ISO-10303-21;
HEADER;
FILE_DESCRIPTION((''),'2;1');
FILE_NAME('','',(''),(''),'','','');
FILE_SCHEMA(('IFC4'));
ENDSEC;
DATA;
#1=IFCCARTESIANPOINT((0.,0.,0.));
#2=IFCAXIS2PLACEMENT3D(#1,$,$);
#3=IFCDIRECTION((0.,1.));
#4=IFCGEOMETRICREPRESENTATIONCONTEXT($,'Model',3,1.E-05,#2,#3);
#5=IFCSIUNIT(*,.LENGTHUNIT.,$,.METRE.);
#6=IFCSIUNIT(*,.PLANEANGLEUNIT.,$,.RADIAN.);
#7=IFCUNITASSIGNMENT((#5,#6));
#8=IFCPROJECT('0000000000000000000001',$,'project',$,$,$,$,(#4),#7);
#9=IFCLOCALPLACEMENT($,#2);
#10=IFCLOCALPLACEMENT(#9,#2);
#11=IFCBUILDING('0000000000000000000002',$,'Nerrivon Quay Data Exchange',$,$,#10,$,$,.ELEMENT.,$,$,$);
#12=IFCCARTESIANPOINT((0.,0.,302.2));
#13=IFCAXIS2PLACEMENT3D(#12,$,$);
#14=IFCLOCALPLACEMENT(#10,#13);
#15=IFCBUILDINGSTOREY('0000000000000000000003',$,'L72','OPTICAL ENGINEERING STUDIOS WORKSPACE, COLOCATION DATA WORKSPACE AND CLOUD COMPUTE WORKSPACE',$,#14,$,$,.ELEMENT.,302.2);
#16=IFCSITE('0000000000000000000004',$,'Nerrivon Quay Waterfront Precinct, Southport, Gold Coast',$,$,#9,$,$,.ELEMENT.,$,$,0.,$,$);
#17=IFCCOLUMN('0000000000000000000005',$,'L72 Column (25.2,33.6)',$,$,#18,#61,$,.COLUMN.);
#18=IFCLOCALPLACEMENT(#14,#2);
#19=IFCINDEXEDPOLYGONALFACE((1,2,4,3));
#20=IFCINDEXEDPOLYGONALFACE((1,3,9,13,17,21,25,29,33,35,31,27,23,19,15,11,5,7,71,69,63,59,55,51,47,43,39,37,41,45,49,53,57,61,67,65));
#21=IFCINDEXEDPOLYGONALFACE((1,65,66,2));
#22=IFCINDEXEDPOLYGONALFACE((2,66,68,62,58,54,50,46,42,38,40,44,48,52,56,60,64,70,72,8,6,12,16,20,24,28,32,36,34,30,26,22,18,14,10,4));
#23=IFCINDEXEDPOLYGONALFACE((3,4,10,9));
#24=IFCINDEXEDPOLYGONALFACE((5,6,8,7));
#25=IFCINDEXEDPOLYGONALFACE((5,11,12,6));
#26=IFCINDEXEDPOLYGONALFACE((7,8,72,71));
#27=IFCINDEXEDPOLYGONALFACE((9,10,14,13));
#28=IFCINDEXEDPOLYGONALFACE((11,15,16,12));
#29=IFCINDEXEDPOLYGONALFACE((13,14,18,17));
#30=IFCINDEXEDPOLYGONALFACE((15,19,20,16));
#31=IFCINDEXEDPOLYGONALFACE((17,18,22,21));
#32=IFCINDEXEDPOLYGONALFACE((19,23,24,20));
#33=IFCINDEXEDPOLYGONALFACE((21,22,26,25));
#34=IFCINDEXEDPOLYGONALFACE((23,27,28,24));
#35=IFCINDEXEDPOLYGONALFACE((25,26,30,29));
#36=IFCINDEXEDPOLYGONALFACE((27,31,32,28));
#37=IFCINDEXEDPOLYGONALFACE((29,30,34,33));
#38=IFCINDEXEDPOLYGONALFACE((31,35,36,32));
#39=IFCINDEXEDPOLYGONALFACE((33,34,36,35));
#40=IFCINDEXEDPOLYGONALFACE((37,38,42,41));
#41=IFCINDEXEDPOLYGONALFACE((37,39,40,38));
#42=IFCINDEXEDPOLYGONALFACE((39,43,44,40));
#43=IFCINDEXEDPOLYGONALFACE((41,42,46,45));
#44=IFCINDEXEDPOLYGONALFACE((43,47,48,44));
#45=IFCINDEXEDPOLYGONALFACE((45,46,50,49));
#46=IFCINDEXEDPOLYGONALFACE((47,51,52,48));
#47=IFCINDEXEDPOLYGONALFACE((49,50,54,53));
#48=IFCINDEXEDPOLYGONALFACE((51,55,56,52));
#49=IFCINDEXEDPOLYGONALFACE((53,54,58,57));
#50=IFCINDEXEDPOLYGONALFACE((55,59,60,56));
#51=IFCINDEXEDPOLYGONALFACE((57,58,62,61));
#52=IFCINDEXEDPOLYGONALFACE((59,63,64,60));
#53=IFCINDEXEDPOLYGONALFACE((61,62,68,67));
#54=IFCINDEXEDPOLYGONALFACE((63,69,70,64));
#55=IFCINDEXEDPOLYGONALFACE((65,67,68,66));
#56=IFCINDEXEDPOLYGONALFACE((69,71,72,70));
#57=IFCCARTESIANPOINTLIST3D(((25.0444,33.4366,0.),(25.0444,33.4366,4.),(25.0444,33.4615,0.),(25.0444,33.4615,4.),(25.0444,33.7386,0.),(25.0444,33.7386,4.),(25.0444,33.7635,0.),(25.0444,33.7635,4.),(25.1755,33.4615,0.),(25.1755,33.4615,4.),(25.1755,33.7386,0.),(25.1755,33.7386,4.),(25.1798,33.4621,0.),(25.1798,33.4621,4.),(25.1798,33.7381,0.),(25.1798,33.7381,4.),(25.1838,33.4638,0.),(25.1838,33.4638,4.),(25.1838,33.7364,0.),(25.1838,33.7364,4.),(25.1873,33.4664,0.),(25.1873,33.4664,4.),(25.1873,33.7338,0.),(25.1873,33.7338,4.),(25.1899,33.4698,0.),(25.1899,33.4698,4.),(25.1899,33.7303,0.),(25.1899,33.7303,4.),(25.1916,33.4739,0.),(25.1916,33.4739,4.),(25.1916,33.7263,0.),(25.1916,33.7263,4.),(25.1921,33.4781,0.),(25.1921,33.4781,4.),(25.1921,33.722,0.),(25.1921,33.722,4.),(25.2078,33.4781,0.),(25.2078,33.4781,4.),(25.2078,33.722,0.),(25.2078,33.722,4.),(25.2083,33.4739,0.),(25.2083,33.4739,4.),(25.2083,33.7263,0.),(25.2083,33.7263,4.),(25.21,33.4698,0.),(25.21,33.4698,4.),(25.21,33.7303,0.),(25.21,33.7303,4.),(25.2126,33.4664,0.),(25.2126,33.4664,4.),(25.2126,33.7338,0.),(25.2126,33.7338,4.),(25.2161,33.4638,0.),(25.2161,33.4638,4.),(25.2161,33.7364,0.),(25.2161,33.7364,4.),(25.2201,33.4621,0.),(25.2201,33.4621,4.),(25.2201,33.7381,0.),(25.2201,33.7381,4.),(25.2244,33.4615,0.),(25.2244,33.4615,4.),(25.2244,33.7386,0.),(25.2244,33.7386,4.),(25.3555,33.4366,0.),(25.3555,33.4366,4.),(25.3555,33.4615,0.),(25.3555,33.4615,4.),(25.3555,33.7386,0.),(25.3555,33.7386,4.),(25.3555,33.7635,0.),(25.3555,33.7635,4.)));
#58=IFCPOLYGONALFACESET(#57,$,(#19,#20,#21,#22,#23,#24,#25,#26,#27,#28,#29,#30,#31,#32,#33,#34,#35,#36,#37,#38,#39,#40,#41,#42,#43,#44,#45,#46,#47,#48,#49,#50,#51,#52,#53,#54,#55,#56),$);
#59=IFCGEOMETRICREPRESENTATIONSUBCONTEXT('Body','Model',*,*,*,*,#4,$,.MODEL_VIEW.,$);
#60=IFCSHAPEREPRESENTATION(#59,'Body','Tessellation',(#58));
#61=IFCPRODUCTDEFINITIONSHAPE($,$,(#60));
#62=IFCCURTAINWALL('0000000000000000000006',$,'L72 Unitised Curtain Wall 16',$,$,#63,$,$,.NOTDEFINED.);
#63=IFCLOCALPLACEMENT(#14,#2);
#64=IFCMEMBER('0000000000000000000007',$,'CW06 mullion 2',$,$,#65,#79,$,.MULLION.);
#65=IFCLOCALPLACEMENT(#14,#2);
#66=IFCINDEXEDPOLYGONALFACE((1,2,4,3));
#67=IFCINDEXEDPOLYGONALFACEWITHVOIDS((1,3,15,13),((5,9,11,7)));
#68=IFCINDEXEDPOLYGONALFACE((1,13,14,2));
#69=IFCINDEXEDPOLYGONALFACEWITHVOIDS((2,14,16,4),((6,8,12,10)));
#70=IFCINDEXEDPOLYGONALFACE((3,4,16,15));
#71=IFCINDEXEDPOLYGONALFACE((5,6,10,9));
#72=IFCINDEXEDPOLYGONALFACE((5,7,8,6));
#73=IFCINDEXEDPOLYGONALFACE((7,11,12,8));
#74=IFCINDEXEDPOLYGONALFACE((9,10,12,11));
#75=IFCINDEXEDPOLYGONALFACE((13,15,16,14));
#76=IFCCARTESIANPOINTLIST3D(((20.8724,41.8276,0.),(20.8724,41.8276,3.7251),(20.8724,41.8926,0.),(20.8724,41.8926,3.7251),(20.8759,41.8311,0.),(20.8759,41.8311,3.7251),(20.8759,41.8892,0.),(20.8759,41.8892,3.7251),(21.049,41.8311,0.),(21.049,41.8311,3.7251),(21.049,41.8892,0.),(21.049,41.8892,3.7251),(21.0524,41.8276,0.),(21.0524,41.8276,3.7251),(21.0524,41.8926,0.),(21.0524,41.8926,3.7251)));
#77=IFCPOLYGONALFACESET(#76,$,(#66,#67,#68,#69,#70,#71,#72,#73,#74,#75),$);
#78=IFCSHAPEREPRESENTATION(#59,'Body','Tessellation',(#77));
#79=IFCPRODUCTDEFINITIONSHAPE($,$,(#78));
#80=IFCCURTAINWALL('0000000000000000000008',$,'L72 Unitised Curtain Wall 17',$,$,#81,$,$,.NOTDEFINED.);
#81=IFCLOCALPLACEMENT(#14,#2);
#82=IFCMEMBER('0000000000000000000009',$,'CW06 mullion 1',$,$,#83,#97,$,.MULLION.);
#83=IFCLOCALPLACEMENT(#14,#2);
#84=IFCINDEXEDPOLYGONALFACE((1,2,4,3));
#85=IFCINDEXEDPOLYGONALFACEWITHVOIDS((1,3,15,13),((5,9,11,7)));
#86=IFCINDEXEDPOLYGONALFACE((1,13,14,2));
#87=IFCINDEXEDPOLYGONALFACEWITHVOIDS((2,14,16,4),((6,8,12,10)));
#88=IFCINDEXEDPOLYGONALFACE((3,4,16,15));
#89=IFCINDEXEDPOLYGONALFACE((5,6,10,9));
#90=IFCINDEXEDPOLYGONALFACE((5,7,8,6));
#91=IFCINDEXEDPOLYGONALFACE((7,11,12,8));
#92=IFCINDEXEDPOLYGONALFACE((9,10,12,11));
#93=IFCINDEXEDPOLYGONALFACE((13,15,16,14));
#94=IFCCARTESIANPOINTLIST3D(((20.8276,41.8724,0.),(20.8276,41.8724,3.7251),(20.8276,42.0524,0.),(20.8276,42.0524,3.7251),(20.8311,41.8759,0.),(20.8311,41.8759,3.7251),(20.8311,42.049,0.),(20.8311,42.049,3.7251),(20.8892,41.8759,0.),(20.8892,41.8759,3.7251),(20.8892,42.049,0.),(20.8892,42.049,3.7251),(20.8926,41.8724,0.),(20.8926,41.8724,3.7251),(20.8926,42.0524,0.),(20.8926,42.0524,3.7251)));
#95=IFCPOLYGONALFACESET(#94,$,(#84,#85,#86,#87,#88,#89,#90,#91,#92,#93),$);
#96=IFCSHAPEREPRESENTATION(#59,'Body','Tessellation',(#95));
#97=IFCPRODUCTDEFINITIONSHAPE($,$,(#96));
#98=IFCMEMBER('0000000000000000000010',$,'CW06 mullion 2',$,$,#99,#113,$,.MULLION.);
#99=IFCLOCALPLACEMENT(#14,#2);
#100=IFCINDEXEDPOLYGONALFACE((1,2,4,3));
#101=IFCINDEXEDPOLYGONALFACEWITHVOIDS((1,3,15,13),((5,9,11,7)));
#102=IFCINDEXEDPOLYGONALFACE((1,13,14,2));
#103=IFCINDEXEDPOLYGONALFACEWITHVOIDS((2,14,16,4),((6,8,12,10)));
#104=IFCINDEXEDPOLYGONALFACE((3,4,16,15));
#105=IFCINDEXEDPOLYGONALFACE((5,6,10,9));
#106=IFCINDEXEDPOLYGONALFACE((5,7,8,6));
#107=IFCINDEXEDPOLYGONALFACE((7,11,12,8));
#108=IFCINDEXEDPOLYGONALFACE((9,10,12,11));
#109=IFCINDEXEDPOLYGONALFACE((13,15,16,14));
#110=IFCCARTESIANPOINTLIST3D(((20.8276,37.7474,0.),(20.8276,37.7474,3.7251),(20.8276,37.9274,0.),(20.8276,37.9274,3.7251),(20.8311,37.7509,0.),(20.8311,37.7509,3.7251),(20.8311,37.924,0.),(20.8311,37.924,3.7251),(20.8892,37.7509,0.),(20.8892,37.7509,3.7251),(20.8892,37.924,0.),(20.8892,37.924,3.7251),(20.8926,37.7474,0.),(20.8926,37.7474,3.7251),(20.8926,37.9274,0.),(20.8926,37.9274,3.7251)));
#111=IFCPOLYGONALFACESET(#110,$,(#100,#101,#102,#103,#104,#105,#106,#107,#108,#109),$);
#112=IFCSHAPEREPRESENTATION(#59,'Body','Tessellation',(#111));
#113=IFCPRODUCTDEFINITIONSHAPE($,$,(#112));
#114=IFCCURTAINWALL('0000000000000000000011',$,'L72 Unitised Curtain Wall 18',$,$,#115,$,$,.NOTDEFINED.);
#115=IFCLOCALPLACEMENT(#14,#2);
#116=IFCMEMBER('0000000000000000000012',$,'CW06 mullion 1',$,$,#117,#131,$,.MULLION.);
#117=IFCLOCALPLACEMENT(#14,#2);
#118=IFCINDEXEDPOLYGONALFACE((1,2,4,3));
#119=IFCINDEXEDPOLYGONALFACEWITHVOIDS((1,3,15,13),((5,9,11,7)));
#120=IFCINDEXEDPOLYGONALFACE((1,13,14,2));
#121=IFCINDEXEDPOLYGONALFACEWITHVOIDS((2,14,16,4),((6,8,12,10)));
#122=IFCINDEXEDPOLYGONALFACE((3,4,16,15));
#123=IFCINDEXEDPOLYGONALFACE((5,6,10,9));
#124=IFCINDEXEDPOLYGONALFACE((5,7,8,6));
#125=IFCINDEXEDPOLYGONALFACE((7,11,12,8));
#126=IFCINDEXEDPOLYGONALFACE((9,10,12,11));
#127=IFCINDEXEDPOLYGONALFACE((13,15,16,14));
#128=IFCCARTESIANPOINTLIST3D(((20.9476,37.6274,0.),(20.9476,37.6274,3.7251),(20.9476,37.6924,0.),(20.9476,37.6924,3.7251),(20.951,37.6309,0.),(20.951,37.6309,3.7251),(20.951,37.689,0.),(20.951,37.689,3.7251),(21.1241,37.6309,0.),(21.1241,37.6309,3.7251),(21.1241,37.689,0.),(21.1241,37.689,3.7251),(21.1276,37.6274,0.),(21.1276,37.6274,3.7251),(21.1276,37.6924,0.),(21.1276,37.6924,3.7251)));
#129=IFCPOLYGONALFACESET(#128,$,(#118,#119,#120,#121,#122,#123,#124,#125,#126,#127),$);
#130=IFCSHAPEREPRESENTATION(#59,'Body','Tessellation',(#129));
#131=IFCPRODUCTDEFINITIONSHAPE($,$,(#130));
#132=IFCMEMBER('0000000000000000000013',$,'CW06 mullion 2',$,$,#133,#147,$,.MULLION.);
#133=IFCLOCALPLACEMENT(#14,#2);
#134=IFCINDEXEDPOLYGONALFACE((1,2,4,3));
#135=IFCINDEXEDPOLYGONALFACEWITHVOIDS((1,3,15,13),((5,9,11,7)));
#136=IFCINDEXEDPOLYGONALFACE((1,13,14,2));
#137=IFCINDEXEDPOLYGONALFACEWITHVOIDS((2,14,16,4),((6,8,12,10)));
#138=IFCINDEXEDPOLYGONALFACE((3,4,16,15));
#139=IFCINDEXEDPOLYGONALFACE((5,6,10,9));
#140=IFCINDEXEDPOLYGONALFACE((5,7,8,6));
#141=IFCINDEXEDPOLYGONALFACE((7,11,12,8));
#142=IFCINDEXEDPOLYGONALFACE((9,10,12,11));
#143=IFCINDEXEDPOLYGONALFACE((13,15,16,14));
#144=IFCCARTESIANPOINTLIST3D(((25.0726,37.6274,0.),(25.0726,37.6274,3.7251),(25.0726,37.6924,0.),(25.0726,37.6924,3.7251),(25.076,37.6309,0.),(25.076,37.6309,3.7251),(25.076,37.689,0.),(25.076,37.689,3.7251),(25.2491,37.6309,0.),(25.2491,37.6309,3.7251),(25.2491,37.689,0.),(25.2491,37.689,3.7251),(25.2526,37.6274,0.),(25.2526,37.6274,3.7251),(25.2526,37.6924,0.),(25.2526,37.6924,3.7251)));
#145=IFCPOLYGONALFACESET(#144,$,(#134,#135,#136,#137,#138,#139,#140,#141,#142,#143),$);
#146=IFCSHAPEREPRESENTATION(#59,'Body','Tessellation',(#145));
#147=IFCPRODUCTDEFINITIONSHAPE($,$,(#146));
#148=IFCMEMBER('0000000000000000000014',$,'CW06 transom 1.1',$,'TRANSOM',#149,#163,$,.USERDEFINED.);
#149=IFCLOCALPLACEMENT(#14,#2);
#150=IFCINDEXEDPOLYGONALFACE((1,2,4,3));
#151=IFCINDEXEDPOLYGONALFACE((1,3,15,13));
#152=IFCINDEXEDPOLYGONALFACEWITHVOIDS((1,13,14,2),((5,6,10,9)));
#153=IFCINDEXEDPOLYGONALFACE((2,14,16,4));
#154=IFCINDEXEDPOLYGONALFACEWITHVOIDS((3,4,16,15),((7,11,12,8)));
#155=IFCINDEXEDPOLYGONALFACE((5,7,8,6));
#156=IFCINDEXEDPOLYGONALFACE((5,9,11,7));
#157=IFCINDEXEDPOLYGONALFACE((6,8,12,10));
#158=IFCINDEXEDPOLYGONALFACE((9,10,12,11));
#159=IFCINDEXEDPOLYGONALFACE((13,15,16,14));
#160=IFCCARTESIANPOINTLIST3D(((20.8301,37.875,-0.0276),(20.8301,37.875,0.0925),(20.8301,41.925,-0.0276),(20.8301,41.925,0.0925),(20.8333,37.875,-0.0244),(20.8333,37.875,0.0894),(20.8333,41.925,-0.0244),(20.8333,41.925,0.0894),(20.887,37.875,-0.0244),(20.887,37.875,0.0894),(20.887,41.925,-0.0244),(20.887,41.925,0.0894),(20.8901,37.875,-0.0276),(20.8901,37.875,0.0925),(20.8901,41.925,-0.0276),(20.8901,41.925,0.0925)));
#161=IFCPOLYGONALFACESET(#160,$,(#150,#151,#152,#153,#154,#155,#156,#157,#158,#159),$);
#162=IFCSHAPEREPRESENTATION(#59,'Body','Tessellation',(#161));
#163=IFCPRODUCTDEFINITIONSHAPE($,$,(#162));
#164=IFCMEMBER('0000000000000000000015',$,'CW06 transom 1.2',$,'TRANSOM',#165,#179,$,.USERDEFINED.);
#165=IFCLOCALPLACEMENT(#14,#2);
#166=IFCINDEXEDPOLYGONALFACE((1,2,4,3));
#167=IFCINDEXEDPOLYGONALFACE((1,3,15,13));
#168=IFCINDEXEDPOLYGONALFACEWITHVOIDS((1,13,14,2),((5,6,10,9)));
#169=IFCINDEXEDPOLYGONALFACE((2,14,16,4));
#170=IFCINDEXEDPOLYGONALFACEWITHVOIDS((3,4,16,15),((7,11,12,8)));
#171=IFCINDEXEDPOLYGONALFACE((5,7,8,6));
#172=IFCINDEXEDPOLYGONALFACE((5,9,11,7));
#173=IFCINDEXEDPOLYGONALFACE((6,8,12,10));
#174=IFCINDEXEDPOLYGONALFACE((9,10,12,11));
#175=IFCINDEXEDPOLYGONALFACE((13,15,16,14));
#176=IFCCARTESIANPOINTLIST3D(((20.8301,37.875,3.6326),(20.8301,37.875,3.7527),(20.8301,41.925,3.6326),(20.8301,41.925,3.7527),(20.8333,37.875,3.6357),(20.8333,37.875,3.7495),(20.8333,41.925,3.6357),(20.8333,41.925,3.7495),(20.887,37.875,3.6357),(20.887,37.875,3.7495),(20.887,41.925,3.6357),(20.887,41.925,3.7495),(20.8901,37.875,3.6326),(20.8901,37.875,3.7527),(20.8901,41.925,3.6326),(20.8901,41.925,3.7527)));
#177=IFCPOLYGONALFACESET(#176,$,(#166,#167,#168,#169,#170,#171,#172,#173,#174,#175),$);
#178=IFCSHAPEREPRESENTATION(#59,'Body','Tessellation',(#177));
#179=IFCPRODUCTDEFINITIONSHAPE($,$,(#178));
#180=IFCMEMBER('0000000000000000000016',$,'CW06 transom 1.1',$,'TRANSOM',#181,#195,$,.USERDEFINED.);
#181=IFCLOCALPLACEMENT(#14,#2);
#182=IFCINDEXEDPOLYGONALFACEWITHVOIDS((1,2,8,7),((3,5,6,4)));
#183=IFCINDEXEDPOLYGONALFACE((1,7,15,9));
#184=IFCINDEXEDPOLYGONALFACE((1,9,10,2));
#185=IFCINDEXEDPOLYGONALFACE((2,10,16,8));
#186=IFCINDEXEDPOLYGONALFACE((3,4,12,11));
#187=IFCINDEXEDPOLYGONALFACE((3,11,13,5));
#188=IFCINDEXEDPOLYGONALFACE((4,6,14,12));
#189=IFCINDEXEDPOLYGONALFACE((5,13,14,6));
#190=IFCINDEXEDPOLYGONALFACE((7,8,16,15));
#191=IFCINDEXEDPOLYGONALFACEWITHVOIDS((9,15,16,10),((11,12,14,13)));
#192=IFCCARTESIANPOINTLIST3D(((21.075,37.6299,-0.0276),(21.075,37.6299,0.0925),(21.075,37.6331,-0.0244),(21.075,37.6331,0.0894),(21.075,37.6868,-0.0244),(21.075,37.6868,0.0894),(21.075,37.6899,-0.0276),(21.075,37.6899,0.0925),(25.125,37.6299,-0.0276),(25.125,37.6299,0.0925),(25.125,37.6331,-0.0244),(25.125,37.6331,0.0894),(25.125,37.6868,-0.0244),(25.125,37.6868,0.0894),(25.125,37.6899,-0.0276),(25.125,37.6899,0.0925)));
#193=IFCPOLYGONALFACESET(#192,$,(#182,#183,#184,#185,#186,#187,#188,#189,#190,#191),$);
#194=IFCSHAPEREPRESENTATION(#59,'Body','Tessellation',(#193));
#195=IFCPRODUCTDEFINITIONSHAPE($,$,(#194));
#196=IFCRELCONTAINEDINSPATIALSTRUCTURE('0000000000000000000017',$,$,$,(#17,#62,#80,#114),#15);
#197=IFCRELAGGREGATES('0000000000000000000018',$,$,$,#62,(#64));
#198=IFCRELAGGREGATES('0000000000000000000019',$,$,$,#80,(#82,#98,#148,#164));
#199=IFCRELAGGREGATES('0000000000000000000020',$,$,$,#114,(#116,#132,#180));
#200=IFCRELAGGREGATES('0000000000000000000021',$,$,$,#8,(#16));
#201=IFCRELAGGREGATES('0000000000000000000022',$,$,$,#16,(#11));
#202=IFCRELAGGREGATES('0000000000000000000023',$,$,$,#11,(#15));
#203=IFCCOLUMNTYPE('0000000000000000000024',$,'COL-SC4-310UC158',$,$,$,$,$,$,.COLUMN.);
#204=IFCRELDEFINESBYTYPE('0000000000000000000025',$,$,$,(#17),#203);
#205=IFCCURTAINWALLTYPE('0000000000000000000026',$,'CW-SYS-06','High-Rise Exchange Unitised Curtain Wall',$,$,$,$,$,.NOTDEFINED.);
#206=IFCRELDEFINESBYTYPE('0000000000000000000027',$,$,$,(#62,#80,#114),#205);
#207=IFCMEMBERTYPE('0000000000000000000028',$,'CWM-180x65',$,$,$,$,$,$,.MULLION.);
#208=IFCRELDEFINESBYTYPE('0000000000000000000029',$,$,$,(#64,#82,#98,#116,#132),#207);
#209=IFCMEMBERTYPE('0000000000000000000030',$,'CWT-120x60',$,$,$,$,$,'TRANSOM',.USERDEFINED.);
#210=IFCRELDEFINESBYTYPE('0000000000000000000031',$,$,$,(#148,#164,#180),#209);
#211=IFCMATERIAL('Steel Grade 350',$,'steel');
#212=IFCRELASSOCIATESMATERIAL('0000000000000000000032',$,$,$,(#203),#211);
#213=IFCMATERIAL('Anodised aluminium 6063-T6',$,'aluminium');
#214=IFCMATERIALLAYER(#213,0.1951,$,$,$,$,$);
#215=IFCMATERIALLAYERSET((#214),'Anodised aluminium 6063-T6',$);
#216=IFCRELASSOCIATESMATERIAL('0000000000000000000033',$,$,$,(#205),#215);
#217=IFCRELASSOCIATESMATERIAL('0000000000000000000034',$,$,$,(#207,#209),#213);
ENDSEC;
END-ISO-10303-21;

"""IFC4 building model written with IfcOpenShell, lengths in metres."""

from ifc_helpers import new_model, si_unit, direction, frame, origin, origin_2d, place, context, subcontext, project, spatial, hollow_rectangle, i_section, extrude, material, layer, layer_set, material_profile, profile_set, type_object, element, aggregate, save


model = new_model("IFC4")

# Units and contexts
model_context = context("Model", 3, precision=1e-05, world=origin(), true_north=direction((0.0, 1.0)))
body_context = subcontext(model_context, "Body", "Model", "MODEL_VIEW")
ifc_project = project(units=[si_unit("LENGTHUNIT", "METRE"), si_unit("PLANEANGLEUNIT", "RADIAN")], contexts=[model_context])

# Site, building, storey
site_placement = place(None, origin())
site = spatial("IfcSite", under=ifc_project, at=site_placement, Name="Nerrivon Quay Waterfront Precinct, Southport, Gold Coast", CompositionType="ELEMENT", RefElevation=0.0)
building_placement = place(site_placement, origin())
building = spatial("IfcBuilding", under=site, at=building_placement, Name="Nerrivon Quay Data Exchange", CompositionType="ELEMENT")
storey_placement = place(building_placement, frame((0.0, 0.0, 302.2)))
storey = spatial("IfcBuildingStorey", under=building, at=storey_placement, Name="L72", Description="OPTICAL ENGINEERING STUDIOS WORKSPACE, COLOCATION DATA WORKSPACE AND CLOUD COMPUTE WORKSPACE", CompositionType="ELEMENT", Elevation=302.2)

# Column
ifc_material_1 = material(Name="Steel Grade 350", Category="steel")
ifc_material_profile_1 = material_profile(ifc_material_1, i_section(OverallWidth=0.311, OverallDepth=0.3269, WebThickness=0.0156, FlangeThickness=0.0249, FilletRadius=0.0166, at=origin_2d()), Name="310UC158")
ifc_profile_set_1 = profile_set([ifc_material_profile_1], Name="Steel Grade 350")
column_type = type_object("IfcColumnType", Name="COL-SC4-310UC158", PredefinedType="COLUMN", material=ifc_profile_set_1)
column_placement = place(storey_placement, frame((25.2, 33.6001, 0.0), z_axis=(0.0, 0.0, 1.0), x_axis=(1.0, 0.0, 0.0)))
element("IfcColumn", 1, at=column_placement, inside=storey, type_object=column_type, Name="L72 Column (25.2,33.6)", PredefinedType="COLUMN", context=body_context, shape_type="SweptSolid", body=[
    extrude(i_section(OverallWidth=0.311, OverallDepth=0.3269, WebThickness=0.0156, FlangeThickness=0.0249, FilletRadius=0.0166, at=origin_2d()), origin(), (0.0, 0.0, 1.0), 4.0),
])

# Curtain wall, member
ifc_material_2 = material(Name="Anodised aluminium 6063-T6", Category="aluminium")
ifc_layer_1 = layer(ifc_material_2, 0.1951)
ifc_layer_set_1 = layer_set([ifc_layer_1], Name="Anodised aluminium 6063-T6")
curtain_wall_type = type_object("IfcCurtainWallType", Name="CW-SYS-06", Description="High-Rise Exchange Unitised Curtain Wall", PredefinedType="NOTDEFINED", material=ifc_layer_set_1)
curtain_wall_1_placement = place(storey_placement, origin())
curtain_wall_1 = element("IfcCurtainWall", 2, at=curtain_wall_1_placement, inside=storey, type_object=curtain_wall_type, Name="L72 Unitised Curtain Wall 16", PredefinedType="NOTDEFINED")
ifc_material_profile_2 = material_profile(ifc_material_2, hollow_rectangle(XDim=0.0649, YDim=0.1799, WallThickness=0.0034, at=origin_2d()), Name="ALU-MULL-180x65")
ifc_profile_set_2 = profile_set([ifc_material_profile_2], Name="Anodised aluminium 6063-T6")
member_type_1 = type_object("IfcMemberType", Name="CWM-180x65", PredefinedType="MULLION", material=ifc_profile_set_2)
member_1_placement = place(storey_placement, frame((20.9624, 41.8601, 0.0), z_axis=(0.0, 0.0, 1.0), x_axis=(0.0, 1.0, 0.0)))
member_1 = element("IfcMember", 3, at=member_1_placement, type_object=member_type_1, Name="CW06 mullion 2", PredefinedType="MULLION", context=body_context, shape_type="SweptSolid", body=[
    extrude(hollow_rectangle(XDim=0.0649, YDim=0.1799, WallThickness=0.0034, at=origin_2d()), origin(), (0.0, 0.0, 1.0), 3.7251),
])
aggregate(curtain_wall_1, [member_1])

# Curtain walls, members
curtain_wall_2_placement = place(storey_placement, origin())
curtain_wall_2 = element("IfcCurtainWall", 4, at=curtain_wall_2_placement, inside=storey, type_object=curtain_wall_type, Name="L72 Unitised Curtain Wall 17", PredefinedType="NOTDEFINED")
member_2_placement = place(storey_placement, frame((20.8601, 41.9624, 0.0), z_axis=(0.0, 0.0, 1.0), x_axis=(1.0, 0.0, 0.0)))
member_2 = element("IfcMember", 5, at=member_2_placement, type_object=member_type_1, Name="CW06 mullion 1", PredefinedType="MULLION", context=body_context, shape_type="SweptSolid", body=[
    extrude(hollow_rectangle(XDim=0.0649, YDim=0.1799, WallThickness=0.0034, at=origin_2d()), origin(), (0.0, 0.0, 1.0), 3.7251),
])
member_3_placement = place(storey_placement, frame((20.8601, 37.8374, 0.0), z_axis=(0.0, 0.0, 1.0), x_axis=(1.0, 0.0, 0.0)))
member_3 = element("IfcMember", 6, at=member_3_placement, type_object=member_type_1, Name="CW06 mullion 2", PredefinedType="MULLION", context=body_context, shape_type="SweptSolid", body=[
    extrude(hollow_rectangle(XDim=0.0649, YDim=0.1799, WallThickness=0.0034, at=origin_2d()), origin(), (0.0, 0.0, 1.0), 3.7251),
])
curtain_wall_3_placement = place(storey_placement, origin())
curtain_wall_3 = element("IfcCurtainWall", 7, at=curtain_wall_3_placement, inside=storey, type_object=curtain_wall_type, Name="L72 Unitised Curtain Wall 18", PredefinedType="NOTDEFINED")
member_4_placement = place(storey_placement, frame((21.0376, 37.6599, 0.0), z_axis=(0.0, 0.0, 1.0), x_axis=(0.0, 1.0, 0.0)))
member_4 = element("IfcMember", 8, at=member_4_placement, type_object=member_type_1, Name="CW06 mullion 1", PredefinedType="MULLION", context=body_context, shape_type="SweptSolid", body=[
    extrude(hollow_rectangle(XDim=0.0649, YDim=0.1799, WallThickness=0.0034, at=origin_2d()), origin(), (0.0, 0.0, 1.0), 3.7251),
])
member_5_placement = place(storey_placement, frame((25.1626, 37.6599, 0.0), z_axis=(0.0, 0.0, 1.0), x_axis=(0.0, 1.0, 0.0)))
member_5 = element("IfcMember", 9, at=member_5_placement, type_object=member_type_1, Name="CW06 mullion 2", PredefinedType="MULLION", context=body_context, shape_type="SweptSolid", body=[
    extrude(hollow_rectangle(XDim=0.0649, YDim=0.1799, WallThickness=0.0034, at=origin_2d()), origin(), (0.0, 0.0, 1.0), 3.7251),
])

# Members
ifc_material_profile_3 = material_profile(ifc_material_2, hollow_rectangle(XDim=0.0601, YDim=0.1201, WallThickness=0.0032, at=origin_2d()), Name="ALU-TRAN-120x60")
ifc_profile_set_3 = profile_set([ifc_material_profile_3], Name="Anodised aluminium 6063-T6")
member_type_2 = type_object("IfcMemberType", Name="CWT-120x60", ElementType="TRANSOM", PredefinedType="USERDEFINED", material=ifc_profile_set_3)
member_6_placement = place(storey_placement, frame((20.8601, 41.925, 0.0325), z_axis=(0.0, -1.0, 0.0), x_axis=(1.0, 0.0, 0.0)))
member_6 = element("IfcMember", 10, at=member_6_placement, type_object=member_type_2, Name="CW06 transom 1.1", ObjectType="TRANSOM", PredefinedType="USERDEFINED", context=body_context, shape_type="SweptSolid", body=[
    extrude(hollow_rectangle(XDim=0.0601, YDim=0.1201, WallThickness=0.0032, at=origin_2d()), origin(), (0.0, 0.0, 1.0), 4.05),
])
member_7_placement = place(storey_placement, frame((20.8601, 41.925, 3.6926), z_axis=(0.0, -1.0, 0.0), x_axis=(1.0, 0.0, 0.0)))
member_7 = element("IfcMember", 11, at=member_7_placement, type_object=member_type_2, Name="CW06 transom 1.2", ObjectType="TRANSOM", PredefinedType="USERDEFINED", context=body_context, shape_type="SweptSolid", body=[
    extrude(hollow_rectangle(XDim=0.0601, YDim=0.1201, WallThickness=0.0032, at=origin_2d()), origin(), (0.0, 0.0, 1.0), 4.05),
])
member_8_placement = place(storey_placement, frame((21.075, 37.6599, 0.0325), z_axis=(1.0, 0.0, 0.0), x_axis=(0.0, 1.0, 0.0)))
member_8 = element("IfcMember", 12, at=member_8_placement, type_object=member_type_2, Name="CW06 transom 1.1", ObjectType="TRANSOM", PredefinedType="USERDEFINED", context=body_context, shape_type="SweptSolid", body=[
    extrude(hollow_rectangle(XDim=0.0601, YDim=0.1201, WallThickness=0.0032, at=origin_2d()), origin(), (0.0, 0.0, 1.0), 4.05),
])

aggregate(curtain_wall_2, [member_2, member_3, member_6, member_7])
aggregate(curtain_wall_3, [member_4, member_5, member_8])

save(model, "model.ifc")
